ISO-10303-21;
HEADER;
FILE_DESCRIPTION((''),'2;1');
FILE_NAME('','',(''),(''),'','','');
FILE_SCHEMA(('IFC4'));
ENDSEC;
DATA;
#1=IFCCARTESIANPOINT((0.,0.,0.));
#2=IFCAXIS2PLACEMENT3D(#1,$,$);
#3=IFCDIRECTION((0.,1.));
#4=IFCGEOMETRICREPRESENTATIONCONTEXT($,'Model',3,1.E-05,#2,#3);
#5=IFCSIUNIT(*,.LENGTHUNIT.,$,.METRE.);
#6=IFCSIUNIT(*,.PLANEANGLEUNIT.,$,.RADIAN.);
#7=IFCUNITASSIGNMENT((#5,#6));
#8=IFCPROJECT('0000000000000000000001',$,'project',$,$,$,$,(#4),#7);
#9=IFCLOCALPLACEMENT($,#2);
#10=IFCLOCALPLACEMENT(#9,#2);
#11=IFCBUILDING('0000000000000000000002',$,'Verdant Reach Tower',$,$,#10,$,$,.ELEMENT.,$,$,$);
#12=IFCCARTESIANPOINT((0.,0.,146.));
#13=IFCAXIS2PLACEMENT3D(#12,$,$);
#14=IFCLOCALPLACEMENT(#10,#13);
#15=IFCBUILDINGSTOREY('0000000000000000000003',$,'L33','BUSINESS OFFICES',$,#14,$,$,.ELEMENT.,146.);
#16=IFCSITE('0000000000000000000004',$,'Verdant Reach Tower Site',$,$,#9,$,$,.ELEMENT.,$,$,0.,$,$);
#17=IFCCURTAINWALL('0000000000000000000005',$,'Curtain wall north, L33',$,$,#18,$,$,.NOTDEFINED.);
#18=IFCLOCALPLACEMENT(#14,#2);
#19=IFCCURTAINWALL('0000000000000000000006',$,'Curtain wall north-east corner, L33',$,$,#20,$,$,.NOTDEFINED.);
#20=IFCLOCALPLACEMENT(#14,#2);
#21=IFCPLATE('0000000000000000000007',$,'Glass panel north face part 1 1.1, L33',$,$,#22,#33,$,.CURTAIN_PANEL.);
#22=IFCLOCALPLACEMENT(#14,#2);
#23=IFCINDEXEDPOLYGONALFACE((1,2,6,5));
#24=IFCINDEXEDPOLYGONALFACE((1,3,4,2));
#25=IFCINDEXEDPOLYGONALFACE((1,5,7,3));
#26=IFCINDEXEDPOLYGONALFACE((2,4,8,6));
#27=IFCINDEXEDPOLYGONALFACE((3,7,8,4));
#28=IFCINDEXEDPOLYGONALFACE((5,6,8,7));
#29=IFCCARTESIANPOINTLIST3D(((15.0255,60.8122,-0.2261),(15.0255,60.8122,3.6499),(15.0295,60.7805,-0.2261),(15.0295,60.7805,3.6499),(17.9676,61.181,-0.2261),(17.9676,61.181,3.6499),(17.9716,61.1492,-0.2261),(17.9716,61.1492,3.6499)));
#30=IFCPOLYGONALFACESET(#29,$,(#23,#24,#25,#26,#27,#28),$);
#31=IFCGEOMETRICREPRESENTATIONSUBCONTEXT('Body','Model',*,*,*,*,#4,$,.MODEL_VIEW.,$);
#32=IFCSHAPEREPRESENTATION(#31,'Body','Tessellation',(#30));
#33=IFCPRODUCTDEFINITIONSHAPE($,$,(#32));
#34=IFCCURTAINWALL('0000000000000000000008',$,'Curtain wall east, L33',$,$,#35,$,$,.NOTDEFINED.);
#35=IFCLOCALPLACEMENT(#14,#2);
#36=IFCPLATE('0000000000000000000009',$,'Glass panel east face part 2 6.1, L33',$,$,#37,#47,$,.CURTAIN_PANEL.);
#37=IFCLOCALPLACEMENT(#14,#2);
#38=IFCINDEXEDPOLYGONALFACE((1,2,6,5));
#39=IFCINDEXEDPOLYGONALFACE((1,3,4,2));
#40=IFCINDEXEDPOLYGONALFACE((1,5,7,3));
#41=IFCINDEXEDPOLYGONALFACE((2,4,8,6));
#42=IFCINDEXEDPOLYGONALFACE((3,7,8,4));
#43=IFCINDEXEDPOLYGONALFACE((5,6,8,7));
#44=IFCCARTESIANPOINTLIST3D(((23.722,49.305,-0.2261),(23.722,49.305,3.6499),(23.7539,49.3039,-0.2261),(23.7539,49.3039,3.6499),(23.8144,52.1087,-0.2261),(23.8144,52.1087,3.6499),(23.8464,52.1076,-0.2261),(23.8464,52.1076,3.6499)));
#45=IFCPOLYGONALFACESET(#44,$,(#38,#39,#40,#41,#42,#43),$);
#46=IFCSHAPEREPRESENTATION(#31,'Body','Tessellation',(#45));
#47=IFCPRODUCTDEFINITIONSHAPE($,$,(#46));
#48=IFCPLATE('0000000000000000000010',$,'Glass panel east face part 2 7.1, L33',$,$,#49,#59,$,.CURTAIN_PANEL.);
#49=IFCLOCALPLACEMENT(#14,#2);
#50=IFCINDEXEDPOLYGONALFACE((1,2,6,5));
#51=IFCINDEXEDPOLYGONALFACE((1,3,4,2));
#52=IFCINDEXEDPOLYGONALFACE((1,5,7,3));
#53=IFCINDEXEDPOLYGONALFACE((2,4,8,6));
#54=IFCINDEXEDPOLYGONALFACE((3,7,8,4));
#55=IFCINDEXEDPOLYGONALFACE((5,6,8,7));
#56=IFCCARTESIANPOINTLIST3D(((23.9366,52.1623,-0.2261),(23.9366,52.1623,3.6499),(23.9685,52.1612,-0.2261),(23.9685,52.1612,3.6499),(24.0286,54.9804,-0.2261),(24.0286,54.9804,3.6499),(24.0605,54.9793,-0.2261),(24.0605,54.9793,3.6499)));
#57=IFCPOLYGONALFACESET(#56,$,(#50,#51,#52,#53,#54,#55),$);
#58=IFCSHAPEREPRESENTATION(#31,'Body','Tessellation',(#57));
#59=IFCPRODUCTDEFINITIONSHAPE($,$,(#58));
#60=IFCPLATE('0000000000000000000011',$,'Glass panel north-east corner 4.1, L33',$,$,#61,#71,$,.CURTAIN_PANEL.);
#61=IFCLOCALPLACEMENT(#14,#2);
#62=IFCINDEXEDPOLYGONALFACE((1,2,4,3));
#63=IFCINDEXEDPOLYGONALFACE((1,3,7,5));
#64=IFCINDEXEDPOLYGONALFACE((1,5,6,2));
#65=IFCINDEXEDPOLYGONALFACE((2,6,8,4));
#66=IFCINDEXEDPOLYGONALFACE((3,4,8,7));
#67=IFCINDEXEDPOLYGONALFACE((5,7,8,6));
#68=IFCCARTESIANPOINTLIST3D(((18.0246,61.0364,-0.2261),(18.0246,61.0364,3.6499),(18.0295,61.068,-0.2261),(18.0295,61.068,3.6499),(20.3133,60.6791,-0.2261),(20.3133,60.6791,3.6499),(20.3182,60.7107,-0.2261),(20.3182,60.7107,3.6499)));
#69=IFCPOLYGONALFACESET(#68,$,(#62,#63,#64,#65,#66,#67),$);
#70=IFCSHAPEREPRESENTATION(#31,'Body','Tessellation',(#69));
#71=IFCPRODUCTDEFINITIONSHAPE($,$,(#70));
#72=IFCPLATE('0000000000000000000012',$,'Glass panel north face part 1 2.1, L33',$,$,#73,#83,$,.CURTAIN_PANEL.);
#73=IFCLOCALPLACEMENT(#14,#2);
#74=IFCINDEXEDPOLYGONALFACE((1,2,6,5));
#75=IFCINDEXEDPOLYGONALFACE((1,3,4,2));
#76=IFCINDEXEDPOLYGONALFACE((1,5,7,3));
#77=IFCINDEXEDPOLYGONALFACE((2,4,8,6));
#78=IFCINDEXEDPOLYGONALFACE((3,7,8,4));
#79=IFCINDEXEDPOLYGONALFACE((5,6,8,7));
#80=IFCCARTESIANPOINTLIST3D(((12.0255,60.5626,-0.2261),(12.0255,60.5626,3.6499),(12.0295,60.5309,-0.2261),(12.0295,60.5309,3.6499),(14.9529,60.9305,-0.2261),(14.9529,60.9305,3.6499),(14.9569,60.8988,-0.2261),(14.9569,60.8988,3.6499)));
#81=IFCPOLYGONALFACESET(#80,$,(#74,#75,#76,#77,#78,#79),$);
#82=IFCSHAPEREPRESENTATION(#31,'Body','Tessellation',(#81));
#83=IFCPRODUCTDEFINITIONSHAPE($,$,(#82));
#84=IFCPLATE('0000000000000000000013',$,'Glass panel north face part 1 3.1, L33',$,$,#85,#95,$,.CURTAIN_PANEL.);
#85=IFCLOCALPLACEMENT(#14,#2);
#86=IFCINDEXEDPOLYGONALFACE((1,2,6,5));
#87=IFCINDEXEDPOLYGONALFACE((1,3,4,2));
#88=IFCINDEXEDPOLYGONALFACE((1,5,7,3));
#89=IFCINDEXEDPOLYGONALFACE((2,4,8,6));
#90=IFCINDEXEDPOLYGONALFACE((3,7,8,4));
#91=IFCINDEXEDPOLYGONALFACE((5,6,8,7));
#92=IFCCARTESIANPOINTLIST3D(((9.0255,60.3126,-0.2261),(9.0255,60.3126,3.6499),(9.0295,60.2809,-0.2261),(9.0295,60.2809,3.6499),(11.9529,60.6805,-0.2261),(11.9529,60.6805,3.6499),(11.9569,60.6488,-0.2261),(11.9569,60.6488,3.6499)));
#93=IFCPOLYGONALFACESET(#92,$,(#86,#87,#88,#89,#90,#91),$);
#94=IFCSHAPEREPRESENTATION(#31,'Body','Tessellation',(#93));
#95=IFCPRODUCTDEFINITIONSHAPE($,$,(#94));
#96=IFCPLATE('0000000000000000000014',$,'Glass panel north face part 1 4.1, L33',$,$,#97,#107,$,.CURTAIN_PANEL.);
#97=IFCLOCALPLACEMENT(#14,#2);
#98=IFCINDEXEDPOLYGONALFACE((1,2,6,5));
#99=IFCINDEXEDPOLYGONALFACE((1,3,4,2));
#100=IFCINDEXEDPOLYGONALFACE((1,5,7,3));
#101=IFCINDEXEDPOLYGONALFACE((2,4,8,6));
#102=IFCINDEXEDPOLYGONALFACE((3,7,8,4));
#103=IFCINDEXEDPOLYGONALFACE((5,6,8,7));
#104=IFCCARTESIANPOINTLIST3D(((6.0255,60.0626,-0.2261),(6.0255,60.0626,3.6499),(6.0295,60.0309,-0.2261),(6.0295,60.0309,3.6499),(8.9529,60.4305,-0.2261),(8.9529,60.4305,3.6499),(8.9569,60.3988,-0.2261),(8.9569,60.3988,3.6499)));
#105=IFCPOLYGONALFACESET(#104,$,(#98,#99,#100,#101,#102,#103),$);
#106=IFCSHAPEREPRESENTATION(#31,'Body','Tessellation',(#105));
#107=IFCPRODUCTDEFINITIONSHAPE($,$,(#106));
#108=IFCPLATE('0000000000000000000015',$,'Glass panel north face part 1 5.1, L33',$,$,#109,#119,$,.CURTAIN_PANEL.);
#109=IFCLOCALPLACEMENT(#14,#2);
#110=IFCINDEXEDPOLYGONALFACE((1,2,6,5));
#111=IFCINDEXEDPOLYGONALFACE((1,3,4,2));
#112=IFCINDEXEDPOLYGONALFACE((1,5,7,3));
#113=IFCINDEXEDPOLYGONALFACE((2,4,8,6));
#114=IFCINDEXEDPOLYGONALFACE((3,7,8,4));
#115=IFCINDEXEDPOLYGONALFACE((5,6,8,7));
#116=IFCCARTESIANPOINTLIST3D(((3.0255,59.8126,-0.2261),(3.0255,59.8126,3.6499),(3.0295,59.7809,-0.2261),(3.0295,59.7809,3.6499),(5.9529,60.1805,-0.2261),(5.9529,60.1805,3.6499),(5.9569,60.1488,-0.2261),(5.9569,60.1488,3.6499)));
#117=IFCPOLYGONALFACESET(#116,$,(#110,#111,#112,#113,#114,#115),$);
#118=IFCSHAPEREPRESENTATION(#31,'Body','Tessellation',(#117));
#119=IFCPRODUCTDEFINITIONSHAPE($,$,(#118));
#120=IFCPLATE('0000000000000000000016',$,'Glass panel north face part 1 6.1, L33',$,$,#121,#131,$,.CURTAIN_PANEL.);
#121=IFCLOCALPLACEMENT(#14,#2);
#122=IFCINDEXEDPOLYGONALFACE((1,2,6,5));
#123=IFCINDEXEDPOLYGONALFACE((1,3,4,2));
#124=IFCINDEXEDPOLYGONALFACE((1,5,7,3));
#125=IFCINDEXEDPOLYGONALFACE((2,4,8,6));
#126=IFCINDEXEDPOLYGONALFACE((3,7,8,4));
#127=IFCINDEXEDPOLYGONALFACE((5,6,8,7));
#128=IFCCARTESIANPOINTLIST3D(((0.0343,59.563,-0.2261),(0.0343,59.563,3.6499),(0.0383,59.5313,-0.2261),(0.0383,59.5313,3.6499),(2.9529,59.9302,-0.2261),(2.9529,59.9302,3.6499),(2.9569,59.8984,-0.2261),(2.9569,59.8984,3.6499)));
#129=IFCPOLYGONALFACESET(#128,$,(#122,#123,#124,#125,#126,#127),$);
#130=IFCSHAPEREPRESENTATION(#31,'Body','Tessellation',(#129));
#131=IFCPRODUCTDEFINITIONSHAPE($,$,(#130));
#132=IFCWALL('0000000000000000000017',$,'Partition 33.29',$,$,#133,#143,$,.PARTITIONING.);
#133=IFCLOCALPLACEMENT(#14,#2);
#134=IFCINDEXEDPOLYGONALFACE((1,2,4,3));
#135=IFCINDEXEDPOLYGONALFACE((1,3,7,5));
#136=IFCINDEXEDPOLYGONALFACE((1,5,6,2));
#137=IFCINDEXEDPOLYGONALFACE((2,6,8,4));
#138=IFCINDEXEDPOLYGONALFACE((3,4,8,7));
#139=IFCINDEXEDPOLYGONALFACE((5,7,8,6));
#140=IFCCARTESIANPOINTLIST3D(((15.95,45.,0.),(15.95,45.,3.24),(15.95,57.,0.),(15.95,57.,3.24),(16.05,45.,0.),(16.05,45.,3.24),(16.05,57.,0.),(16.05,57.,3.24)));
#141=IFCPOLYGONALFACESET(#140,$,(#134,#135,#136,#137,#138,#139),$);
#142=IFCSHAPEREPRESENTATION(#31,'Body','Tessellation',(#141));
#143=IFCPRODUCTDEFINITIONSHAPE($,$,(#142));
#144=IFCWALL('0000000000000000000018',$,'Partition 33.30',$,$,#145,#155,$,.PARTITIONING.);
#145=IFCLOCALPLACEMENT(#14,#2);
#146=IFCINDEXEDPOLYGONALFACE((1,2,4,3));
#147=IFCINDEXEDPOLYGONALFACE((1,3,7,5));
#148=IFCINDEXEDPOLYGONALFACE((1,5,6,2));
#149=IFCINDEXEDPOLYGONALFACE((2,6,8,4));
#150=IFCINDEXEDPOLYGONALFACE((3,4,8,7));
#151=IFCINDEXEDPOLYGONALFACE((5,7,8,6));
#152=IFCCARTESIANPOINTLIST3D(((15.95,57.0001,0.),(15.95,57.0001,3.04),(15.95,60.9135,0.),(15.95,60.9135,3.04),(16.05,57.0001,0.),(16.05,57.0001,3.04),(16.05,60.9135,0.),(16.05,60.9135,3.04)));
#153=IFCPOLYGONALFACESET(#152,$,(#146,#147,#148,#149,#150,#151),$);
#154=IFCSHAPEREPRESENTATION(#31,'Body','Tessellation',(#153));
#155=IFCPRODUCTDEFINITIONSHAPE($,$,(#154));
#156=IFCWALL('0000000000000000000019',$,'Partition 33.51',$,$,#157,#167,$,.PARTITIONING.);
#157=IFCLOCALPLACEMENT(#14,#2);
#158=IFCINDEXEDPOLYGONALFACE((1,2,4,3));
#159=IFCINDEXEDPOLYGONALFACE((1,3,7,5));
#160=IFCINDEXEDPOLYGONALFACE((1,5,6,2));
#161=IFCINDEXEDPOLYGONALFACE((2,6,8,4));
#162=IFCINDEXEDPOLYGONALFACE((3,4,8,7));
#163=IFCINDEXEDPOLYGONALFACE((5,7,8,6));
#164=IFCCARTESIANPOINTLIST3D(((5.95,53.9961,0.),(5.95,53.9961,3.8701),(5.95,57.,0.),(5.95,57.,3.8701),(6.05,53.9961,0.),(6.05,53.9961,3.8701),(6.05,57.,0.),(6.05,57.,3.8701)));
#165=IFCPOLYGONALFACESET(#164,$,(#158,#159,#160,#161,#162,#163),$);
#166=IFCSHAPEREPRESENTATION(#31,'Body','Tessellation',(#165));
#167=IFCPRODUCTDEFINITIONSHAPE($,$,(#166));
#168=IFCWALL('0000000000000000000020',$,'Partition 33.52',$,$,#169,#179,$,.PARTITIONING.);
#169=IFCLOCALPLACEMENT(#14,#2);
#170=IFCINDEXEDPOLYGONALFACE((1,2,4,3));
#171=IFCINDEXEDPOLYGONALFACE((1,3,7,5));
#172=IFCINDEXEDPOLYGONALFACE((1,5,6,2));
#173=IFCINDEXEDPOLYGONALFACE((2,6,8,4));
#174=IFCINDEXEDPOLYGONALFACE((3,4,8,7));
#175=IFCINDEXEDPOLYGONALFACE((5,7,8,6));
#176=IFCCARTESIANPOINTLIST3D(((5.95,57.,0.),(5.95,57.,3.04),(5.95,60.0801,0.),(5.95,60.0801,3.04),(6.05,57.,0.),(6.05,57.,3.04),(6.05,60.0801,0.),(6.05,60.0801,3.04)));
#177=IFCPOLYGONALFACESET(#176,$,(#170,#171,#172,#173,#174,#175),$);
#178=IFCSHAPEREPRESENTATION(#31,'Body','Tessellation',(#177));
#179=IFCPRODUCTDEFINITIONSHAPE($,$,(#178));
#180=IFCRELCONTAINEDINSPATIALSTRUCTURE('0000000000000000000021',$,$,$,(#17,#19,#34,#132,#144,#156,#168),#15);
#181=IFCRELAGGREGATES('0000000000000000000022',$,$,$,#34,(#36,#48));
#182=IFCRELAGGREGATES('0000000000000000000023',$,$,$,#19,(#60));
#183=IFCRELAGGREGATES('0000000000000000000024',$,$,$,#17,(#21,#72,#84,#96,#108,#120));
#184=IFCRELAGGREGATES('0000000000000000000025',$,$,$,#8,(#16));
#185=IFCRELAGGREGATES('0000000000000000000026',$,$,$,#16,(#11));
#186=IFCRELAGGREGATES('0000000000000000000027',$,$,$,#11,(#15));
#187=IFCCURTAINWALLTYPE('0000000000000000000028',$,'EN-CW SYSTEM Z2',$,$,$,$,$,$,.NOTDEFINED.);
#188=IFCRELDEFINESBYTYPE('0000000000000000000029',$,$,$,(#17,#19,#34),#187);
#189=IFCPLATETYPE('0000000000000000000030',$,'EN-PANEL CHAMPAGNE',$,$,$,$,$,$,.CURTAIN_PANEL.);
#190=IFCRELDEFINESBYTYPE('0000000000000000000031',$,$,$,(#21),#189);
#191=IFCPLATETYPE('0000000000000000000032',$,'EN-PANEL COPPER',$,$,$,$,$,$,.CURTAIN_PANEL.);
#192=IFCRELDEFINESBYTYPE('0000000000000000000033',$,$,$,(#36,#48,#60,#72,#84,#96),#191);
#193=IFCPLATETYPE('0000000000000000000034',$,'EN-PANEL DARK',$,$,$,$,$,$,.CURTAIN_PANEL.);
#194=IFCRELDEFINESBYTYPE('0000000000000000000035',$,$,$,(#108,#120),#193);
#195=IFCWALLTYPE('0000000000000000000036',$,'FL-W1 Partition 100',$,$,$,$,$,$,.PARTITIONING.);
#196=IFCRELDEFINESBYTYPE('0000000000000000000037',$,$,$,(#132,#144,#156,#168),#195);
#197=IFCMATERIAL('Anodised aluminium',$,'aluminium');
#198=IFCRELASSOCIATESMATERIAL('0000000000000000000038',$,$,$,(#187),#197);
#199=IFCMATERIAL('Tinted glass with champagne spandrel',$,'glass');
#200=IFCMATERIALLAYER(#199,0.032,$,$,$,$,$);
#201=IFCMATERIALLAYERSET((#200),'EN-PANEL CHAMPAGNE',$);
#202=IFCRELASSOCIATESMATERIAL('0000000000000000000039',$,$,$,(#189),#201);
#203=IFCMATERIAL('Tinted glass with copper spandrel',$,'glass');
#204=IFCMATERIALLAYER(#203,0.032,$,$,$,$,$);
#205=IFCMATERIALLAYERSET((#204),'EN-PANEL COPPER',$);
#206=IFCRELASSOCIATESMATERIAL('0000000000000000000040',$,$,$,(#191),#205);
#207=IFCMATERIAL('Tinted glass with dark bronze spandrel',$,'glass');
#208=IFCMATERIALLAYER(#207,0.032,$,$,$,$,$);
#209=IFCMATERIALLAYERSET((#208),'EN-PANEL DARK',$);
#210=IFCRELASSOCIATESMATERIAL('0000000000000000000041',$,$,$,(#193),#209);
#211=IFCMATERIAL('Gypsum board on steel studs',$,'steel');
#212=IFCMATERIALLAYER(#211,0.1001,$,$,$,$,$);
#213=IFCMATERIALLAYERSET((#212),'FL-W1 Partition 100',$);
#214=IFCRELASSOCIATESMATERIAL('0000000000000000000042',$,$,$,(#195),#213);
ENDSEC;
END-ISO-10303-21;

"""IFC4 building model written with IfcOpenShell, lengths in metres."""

from ifc_helpers import new_model, si_unit, direction, frame, frame_2d, origin, origin_2d, place, context, subcontext, project, spatial, rectangle, extrude, material, layer, layer_set, type_object, element, aggregate, save


model = new_model("IFC4")

# Units and contexts
model_context = context("Model", 3, precision=1e-05, world=origin(), true_north=direction((0.0, 1.0)))
body_context = subcontext(model_context, "Body", "Model", "MODEL_VIEW")
ifc_project = project(units=[si_unit("LENGTHUNIT", "METRE"), si_unit("PLANEANGLEUNIT", "RADIAN")], contexts=[model_context])

# Site, building, storey
site_placement = place(None, origin())
site = spatial("IfcSite", under=ifc_project, at=site_placement, Name="Verdant Reach Tower Site", CompositionType="ELEMENT", RefElevation=0.0)
building_placement = place(site_placement, origin())
building = spatial("IfcBuilding", under=site, at=building_placement, Name="Verdant Reach Tower", CompositionType="ELEMENT")
storey_placement = place(building_placement, frame((0.0, 0.0, 146.0)))
storey = spatial("IfcBuildingStorey", under=building, at=storey_placement, Name="L33", Description="BUSINESS OFFICES", CompositionType="ELEMENT", Elevation=146.0)

# Curtain wall
ifc_material_1 = material(Name="Anodised aluminium", Category="aluminium")
curtain_wall_type = type_object("IfcCurtainWallType", Name="EN-CW SYSTEM Z2", PredefinedType="NOTDEFINED", material=ifc_material_1)
curtain_wall_1_placement = place(storey_placement, origin())
curtain_wall_1 = element("IfcCurtainWall", 1, at=curtain_wall_1_placement, inside=storey, type_object=curtain_wall_type, Name="Curtain wall north, L33", PredefinedType="NOTDEFINED")

# Curtain wall
curtain_wall_2_placement = place(storey_placement, origin())
curtain_wall_2 = element("IfcCurtainWall", 2, at=curtain_wall_2_placement, inside=storey, type_object=curtain_wall_type, Name="Curtain wall north-east corner, L33", PredefinedType="NOTDEFINED")
ifc_material_2 = material(Name="Tinted glass with champagne spandrel", Category="glass")
ifc_layer_1 = layer(ifc_material_2, 0.032)
ifc_layer_set_1 = layer_set([ifc_layer_1], Name="EN-PANEL CHAMPAGNE")
plate_type_1 = type_object("IfcPlateType", Name="EN-PANEL CHAMPAGNE", PredefinedType="CURTAIN_PANEL", material=ifc_layer_set_1)

# Plate
plate_1_placement = place(storey_placement, frame((16.4985, 60.9807, -0.2261), z_axis=(0.0, 0.0, 1.0), x_axis=(-0.992237, -0.124365, 0.0)))
plate_1 = element("IfcPlate", 3, at=plate_1_placement, type_object=plate_type_1, Name="Glass panel north face part 1 1.1, L33", PredefinedType="CURTAIN_PANEL", context=body_context, shape_type="SweptSolid", body=[
    extrude(rectangle(XDim=2.9651, YDim=0.032, at=origin_2d()), origin(), (0.0, 0.0, 1.0), 3.876),
])

# Curtain wall, plates
curtain_wall_3_placement = place(storey_placement, origin())
curtain_wall_3 = element("IfcCurtainWall", 4, at=curtain_wall_3_placement, inside=storey, type_object=curtain_wall_type, Name="Curtain wall east, L33", PredefinedType="NOTDEFINED")
ifc_material_3 = material(Name="Tinted glass with copper spandrel", Category="glass")
ifc_layer_2 = layer(ifc_material_3, 0.032)
ifc_layer_set_2 = layer_set([ifc_layer_2], Name="EN-PANEL COPPER")
plate_type_2 = type_object("IfcPlateType", Name="EN-PANEL COPPER", PredefinedType="CURTAIN_PANEL", material=ifc_layer_set_2)
plate_2_placement = place(storey_placement, frame((23.7842, 50.7063, -0.2261), z_axis=(0.0, 0.0, 1.0), x_axis=(0.032966, 0.999456, 0.0)))
plate_2 = element("IfcPlate", 5, at=plate_2_placement, type_object=plate_type_2, Name="Glass panel east face part 2 6.1, L33", PredefinedType="CURTAIN_PANEL", context=body_context, shape_type="SweptSolid", body=[
    extrude(rectangle(XDim=2.8052, YDim=0.032, at=origin_2d()), origin(), (0.0, 0.0, 1.0), 3.876),
])
plate_3_placement = place(storey_placement, frame((23.9985, 53.5708, -0.2261), z_axis=(0.0, 0.0, 1.0), x_axis=(0.032628, 0.999468, 0.0)))
plate_3 = element("IfcPlate", 6, at=plate_3_placement, type_object=plate_type_2, Name="Glass panel east face part 2 7.1, L33", PredefinedType="CURTAIN_PANEL", context=body_context, shape_type="SweptSolid", body=[
    extrude(rectangle(XDim=2.8196, YDim=0.032, at=origin_2d()), origin(), (0.0, 0.0, 1.0), 3.876),
])
aggregate(curtain_wall_3, [plate_2, plate_3])

# Plates
plate_4_placement = place(storey_placement, frame((19.1714, 60.8735, -0.2261), z_axis=(0.0, 0.0, 1.0), x_axis=(-0.988031, 0.154256, 0.0)))
plate_4 = element("IfcPlate", 7, at=plate_4_placement, type_object=plate_type_2, Name="Glass panel north-east corner 4.1, L33", PredefinedType="CURTAIN_PANEL", context=body_context, shape_type="SweptSolid", body=[
    extrude(rectangle(XDim=2.3164, YDim=0.032, at=origin_2d()), origin(), (0.0, 0.0, 1.0), 3.876),
])
aggregate(curtain_wall_2, [plate_4])
plate_5_placement = place(storey_placement, frame((13.4912, 60.7307, -0.2261), z_axis=(0.0, 0.0, 1.0), x_axis=(-0.992194, -0.124704, 0.0)))
plate_5 = element("IfcPlate", 8, at=plate_5_placement, type_object=plate_type_2, Name="Glass panel north face part 1 2.1, L33", PredefinedType="CURTAIN_PANEL", context=body_context, shape_type="SweptSolid", body=[
    extrude(rectangle(XDim=2.9504, YDim=0.032, at=origin_2d()), origin(), (0.0, 0.0, 1.0), 3.876),
])
plate_6_placement = place(storey_placement, frame((10.4912, 60.4807, -0.2261), z_axis=(0.0, 0.0, 1.0), x_axis=(-0.992194, -0.124704, 0.0)))
plate_6 = element("IfcPlate", 9, at=plate_6_placement, type_object=plate_type_2, Name="Glass panel north face part 1 3.1, L33", PredefinedType="CURTAIN_PANEL", context=body_context, shape_type="SweptSolid", body=[
    extrude(rectangle(XDim=2.9504, YDim=0.032, at=origin_2d()), origin(), (0.0, 0.0, 1.0), 3.876),
])
plate_7_placement = place(storey_placement, frame((7.4912, 60.2307, -0.2261), z_axis=(0.0, 0.0, 1.0), x_axis=(-0.992194, -0.124704, 0.0)))
plate_7 = element("IfcPlate", 10, at=plate_7_placement, type_object=plate_type_2, Name="Glass panel north face part 1 4.1, L33", PredefinedType="CURTAIN_PANEL", context=body_context, shape_type="SweptSolid", body=[
    extrude(rectangle(XDim=2.9504, YDim=0.032, at=origin_2d()), origin(), (0.0, 0.0, 1.0), 3.876),
])
ifc_material_4 = material(Name="Tinted glass with dark bronze spandrel", Category="glass")
ifc_layer_3 = layer(ifc_material_4, 0.032)
ifc_layer_set_3 = layer_set([ifc_layer_3], Name="EN-PANEL DARK")
plate_type_3 = type_object("IfcPlateType", Name="EN-PANEL DARK", PredefinedType="CURTAIN_PANEL", material=ifc_layer_set_3)
plate_8_placement = place(storey_placement, frame((4.4912, 59.9807, -0.2261), z_axis=(0.0, 0.0, 1.0), x_axis=(-0.992194, -0.124704, 0.0)))
plate_8 = element("IfcPlate", 11, at=plate_8_placement, type_object=plate_type_3, Name="Glass panel north face part 1 5.1, L33", PredefinedType="CURTAIN_PANEL", context=body_context, shape_type="SweptSolid", body=[
    extrude(rectangle(XDim=2.9504, YDim=0.032, at=origin_2d()), origin(), (0.0, 0.0, 1.0), 3.876),
])
plate_9_placement = place(storey_placement, frame((1.4956, 59.7307, -0.2261), z_axis=(0.0, 0.0, 1.0), x_axis=(-0.992179, -0.124825, 0.0)))
plate_9 = element("IfcPlate", 12, at=plate_9_placement, type_object=plate_type_3, Name="Glass panel north face part 1 6.1, L33", PredefinedType="CURTAIN_PANEL", context=body_context, shape_type="SweptSolid", body=[
    extrude(rectangle(XDim=2.9417, YDim=0.032, at=origin_2d()), origin(), (0.0, 0.0, 1.0), 3.876),
])
aggregate(curtain_wall_1, [plate_1, plate_5, plate_6, plate_7, plate_8, plate_9])

# Walls
ifc_material_5 = material(Name="Gypsum board on steel studs", Category="steel")
ifc_layer_4 = layer(ifc_material_5, 0.1001)
ifc_layer_set_4 = layer_set([ifc_layer_4], Name="FL-W1 Partition 100")
wall_type = type_object("IfcWallType", Name="FL-W1 Partition 100", PredefinedType="PARTITIONING", material=ifc_layer_set_4)
wall_1_placement = place(storey_placement, frame((16.0, 57.0, 0.0), z_axis=(0.0, 0.0, 1.0), x_axis=(0.0, -1.0, 0.0)))
element("IfcWall", 13, at=wall_1_placement, inside=storey, type_object=wall_type, Name="Partition 33.29", PredefinedType="PARTITIONING", context=body_context, shape_type="SweptSolid", body=[
    extrude(rectangle(XDim=12.0, YDim=0.1001, at=frame_2d((6.0, 0.0))), origin(), (0.0, 0.0, 1.0), 3.24),
])
wall_2_placement = place(storey_placement, frame((16.0, 60.9133, 0.0), z_axis=(0.0, 0.0, 1.0), x_axis=(0.0, -1.0, 0.0)))
element("IfcWall", 14, at=wall_2_placement, inside=storey, type_object=wall_type, Name="Partition 33.30", PredefinedType="PARTITIONING", context=body_context, shape_type="SweptSolid", body=[
    extrude(rectangle(XDim=3.9133, YDim=0.1001, at=frame_2d((1.9565, 0.0))), origin(), (0.0, 0.0, 1.0), 3.04),
])
wall_3_placement = place(storey_placement, frame((6.0, 53.9961, 0.0), z_axis=(0.0, 0.0, 1.0), x_axis=(0.0, 1.0, 0.0)))
element("IfcWall", 15, at=wall_3_placement, inside=storey, type_object=wall_type, Name="Partition 33.51", PredefinedType="PARTITIONING", context=body_context, shape_type="SweptSolid", body=[
    extrude(rectangle(XDim=3.0039, YDim=0.1001, at=frame_2d((1.502, 0.0))), origin(), (0.0, 0.0, 1.0), 3.8701),
])
wall_4_placement = place(storey_placement, frame((6.0, 57.0, 0.0), z_axis=(0.0, 0.0, 1.0), x_axis=(0.0, 1.0, 0.0)))
element("IfcWall", 16, at=wall_4_placement, inside=storey, type_object=wall_type, Name="Partition 33.52", PredefinedType="PARTITIONING", context=body_context, shape_type="SweptSolid", body=[
    extrude(rectangle(XDim=3.0801, YDim=0.1001, at=frame_2d((1.54, 0.0))), origin(), (0.0, 0.0, 1.0), 3.04),
])

save(model, "model.ifc")
